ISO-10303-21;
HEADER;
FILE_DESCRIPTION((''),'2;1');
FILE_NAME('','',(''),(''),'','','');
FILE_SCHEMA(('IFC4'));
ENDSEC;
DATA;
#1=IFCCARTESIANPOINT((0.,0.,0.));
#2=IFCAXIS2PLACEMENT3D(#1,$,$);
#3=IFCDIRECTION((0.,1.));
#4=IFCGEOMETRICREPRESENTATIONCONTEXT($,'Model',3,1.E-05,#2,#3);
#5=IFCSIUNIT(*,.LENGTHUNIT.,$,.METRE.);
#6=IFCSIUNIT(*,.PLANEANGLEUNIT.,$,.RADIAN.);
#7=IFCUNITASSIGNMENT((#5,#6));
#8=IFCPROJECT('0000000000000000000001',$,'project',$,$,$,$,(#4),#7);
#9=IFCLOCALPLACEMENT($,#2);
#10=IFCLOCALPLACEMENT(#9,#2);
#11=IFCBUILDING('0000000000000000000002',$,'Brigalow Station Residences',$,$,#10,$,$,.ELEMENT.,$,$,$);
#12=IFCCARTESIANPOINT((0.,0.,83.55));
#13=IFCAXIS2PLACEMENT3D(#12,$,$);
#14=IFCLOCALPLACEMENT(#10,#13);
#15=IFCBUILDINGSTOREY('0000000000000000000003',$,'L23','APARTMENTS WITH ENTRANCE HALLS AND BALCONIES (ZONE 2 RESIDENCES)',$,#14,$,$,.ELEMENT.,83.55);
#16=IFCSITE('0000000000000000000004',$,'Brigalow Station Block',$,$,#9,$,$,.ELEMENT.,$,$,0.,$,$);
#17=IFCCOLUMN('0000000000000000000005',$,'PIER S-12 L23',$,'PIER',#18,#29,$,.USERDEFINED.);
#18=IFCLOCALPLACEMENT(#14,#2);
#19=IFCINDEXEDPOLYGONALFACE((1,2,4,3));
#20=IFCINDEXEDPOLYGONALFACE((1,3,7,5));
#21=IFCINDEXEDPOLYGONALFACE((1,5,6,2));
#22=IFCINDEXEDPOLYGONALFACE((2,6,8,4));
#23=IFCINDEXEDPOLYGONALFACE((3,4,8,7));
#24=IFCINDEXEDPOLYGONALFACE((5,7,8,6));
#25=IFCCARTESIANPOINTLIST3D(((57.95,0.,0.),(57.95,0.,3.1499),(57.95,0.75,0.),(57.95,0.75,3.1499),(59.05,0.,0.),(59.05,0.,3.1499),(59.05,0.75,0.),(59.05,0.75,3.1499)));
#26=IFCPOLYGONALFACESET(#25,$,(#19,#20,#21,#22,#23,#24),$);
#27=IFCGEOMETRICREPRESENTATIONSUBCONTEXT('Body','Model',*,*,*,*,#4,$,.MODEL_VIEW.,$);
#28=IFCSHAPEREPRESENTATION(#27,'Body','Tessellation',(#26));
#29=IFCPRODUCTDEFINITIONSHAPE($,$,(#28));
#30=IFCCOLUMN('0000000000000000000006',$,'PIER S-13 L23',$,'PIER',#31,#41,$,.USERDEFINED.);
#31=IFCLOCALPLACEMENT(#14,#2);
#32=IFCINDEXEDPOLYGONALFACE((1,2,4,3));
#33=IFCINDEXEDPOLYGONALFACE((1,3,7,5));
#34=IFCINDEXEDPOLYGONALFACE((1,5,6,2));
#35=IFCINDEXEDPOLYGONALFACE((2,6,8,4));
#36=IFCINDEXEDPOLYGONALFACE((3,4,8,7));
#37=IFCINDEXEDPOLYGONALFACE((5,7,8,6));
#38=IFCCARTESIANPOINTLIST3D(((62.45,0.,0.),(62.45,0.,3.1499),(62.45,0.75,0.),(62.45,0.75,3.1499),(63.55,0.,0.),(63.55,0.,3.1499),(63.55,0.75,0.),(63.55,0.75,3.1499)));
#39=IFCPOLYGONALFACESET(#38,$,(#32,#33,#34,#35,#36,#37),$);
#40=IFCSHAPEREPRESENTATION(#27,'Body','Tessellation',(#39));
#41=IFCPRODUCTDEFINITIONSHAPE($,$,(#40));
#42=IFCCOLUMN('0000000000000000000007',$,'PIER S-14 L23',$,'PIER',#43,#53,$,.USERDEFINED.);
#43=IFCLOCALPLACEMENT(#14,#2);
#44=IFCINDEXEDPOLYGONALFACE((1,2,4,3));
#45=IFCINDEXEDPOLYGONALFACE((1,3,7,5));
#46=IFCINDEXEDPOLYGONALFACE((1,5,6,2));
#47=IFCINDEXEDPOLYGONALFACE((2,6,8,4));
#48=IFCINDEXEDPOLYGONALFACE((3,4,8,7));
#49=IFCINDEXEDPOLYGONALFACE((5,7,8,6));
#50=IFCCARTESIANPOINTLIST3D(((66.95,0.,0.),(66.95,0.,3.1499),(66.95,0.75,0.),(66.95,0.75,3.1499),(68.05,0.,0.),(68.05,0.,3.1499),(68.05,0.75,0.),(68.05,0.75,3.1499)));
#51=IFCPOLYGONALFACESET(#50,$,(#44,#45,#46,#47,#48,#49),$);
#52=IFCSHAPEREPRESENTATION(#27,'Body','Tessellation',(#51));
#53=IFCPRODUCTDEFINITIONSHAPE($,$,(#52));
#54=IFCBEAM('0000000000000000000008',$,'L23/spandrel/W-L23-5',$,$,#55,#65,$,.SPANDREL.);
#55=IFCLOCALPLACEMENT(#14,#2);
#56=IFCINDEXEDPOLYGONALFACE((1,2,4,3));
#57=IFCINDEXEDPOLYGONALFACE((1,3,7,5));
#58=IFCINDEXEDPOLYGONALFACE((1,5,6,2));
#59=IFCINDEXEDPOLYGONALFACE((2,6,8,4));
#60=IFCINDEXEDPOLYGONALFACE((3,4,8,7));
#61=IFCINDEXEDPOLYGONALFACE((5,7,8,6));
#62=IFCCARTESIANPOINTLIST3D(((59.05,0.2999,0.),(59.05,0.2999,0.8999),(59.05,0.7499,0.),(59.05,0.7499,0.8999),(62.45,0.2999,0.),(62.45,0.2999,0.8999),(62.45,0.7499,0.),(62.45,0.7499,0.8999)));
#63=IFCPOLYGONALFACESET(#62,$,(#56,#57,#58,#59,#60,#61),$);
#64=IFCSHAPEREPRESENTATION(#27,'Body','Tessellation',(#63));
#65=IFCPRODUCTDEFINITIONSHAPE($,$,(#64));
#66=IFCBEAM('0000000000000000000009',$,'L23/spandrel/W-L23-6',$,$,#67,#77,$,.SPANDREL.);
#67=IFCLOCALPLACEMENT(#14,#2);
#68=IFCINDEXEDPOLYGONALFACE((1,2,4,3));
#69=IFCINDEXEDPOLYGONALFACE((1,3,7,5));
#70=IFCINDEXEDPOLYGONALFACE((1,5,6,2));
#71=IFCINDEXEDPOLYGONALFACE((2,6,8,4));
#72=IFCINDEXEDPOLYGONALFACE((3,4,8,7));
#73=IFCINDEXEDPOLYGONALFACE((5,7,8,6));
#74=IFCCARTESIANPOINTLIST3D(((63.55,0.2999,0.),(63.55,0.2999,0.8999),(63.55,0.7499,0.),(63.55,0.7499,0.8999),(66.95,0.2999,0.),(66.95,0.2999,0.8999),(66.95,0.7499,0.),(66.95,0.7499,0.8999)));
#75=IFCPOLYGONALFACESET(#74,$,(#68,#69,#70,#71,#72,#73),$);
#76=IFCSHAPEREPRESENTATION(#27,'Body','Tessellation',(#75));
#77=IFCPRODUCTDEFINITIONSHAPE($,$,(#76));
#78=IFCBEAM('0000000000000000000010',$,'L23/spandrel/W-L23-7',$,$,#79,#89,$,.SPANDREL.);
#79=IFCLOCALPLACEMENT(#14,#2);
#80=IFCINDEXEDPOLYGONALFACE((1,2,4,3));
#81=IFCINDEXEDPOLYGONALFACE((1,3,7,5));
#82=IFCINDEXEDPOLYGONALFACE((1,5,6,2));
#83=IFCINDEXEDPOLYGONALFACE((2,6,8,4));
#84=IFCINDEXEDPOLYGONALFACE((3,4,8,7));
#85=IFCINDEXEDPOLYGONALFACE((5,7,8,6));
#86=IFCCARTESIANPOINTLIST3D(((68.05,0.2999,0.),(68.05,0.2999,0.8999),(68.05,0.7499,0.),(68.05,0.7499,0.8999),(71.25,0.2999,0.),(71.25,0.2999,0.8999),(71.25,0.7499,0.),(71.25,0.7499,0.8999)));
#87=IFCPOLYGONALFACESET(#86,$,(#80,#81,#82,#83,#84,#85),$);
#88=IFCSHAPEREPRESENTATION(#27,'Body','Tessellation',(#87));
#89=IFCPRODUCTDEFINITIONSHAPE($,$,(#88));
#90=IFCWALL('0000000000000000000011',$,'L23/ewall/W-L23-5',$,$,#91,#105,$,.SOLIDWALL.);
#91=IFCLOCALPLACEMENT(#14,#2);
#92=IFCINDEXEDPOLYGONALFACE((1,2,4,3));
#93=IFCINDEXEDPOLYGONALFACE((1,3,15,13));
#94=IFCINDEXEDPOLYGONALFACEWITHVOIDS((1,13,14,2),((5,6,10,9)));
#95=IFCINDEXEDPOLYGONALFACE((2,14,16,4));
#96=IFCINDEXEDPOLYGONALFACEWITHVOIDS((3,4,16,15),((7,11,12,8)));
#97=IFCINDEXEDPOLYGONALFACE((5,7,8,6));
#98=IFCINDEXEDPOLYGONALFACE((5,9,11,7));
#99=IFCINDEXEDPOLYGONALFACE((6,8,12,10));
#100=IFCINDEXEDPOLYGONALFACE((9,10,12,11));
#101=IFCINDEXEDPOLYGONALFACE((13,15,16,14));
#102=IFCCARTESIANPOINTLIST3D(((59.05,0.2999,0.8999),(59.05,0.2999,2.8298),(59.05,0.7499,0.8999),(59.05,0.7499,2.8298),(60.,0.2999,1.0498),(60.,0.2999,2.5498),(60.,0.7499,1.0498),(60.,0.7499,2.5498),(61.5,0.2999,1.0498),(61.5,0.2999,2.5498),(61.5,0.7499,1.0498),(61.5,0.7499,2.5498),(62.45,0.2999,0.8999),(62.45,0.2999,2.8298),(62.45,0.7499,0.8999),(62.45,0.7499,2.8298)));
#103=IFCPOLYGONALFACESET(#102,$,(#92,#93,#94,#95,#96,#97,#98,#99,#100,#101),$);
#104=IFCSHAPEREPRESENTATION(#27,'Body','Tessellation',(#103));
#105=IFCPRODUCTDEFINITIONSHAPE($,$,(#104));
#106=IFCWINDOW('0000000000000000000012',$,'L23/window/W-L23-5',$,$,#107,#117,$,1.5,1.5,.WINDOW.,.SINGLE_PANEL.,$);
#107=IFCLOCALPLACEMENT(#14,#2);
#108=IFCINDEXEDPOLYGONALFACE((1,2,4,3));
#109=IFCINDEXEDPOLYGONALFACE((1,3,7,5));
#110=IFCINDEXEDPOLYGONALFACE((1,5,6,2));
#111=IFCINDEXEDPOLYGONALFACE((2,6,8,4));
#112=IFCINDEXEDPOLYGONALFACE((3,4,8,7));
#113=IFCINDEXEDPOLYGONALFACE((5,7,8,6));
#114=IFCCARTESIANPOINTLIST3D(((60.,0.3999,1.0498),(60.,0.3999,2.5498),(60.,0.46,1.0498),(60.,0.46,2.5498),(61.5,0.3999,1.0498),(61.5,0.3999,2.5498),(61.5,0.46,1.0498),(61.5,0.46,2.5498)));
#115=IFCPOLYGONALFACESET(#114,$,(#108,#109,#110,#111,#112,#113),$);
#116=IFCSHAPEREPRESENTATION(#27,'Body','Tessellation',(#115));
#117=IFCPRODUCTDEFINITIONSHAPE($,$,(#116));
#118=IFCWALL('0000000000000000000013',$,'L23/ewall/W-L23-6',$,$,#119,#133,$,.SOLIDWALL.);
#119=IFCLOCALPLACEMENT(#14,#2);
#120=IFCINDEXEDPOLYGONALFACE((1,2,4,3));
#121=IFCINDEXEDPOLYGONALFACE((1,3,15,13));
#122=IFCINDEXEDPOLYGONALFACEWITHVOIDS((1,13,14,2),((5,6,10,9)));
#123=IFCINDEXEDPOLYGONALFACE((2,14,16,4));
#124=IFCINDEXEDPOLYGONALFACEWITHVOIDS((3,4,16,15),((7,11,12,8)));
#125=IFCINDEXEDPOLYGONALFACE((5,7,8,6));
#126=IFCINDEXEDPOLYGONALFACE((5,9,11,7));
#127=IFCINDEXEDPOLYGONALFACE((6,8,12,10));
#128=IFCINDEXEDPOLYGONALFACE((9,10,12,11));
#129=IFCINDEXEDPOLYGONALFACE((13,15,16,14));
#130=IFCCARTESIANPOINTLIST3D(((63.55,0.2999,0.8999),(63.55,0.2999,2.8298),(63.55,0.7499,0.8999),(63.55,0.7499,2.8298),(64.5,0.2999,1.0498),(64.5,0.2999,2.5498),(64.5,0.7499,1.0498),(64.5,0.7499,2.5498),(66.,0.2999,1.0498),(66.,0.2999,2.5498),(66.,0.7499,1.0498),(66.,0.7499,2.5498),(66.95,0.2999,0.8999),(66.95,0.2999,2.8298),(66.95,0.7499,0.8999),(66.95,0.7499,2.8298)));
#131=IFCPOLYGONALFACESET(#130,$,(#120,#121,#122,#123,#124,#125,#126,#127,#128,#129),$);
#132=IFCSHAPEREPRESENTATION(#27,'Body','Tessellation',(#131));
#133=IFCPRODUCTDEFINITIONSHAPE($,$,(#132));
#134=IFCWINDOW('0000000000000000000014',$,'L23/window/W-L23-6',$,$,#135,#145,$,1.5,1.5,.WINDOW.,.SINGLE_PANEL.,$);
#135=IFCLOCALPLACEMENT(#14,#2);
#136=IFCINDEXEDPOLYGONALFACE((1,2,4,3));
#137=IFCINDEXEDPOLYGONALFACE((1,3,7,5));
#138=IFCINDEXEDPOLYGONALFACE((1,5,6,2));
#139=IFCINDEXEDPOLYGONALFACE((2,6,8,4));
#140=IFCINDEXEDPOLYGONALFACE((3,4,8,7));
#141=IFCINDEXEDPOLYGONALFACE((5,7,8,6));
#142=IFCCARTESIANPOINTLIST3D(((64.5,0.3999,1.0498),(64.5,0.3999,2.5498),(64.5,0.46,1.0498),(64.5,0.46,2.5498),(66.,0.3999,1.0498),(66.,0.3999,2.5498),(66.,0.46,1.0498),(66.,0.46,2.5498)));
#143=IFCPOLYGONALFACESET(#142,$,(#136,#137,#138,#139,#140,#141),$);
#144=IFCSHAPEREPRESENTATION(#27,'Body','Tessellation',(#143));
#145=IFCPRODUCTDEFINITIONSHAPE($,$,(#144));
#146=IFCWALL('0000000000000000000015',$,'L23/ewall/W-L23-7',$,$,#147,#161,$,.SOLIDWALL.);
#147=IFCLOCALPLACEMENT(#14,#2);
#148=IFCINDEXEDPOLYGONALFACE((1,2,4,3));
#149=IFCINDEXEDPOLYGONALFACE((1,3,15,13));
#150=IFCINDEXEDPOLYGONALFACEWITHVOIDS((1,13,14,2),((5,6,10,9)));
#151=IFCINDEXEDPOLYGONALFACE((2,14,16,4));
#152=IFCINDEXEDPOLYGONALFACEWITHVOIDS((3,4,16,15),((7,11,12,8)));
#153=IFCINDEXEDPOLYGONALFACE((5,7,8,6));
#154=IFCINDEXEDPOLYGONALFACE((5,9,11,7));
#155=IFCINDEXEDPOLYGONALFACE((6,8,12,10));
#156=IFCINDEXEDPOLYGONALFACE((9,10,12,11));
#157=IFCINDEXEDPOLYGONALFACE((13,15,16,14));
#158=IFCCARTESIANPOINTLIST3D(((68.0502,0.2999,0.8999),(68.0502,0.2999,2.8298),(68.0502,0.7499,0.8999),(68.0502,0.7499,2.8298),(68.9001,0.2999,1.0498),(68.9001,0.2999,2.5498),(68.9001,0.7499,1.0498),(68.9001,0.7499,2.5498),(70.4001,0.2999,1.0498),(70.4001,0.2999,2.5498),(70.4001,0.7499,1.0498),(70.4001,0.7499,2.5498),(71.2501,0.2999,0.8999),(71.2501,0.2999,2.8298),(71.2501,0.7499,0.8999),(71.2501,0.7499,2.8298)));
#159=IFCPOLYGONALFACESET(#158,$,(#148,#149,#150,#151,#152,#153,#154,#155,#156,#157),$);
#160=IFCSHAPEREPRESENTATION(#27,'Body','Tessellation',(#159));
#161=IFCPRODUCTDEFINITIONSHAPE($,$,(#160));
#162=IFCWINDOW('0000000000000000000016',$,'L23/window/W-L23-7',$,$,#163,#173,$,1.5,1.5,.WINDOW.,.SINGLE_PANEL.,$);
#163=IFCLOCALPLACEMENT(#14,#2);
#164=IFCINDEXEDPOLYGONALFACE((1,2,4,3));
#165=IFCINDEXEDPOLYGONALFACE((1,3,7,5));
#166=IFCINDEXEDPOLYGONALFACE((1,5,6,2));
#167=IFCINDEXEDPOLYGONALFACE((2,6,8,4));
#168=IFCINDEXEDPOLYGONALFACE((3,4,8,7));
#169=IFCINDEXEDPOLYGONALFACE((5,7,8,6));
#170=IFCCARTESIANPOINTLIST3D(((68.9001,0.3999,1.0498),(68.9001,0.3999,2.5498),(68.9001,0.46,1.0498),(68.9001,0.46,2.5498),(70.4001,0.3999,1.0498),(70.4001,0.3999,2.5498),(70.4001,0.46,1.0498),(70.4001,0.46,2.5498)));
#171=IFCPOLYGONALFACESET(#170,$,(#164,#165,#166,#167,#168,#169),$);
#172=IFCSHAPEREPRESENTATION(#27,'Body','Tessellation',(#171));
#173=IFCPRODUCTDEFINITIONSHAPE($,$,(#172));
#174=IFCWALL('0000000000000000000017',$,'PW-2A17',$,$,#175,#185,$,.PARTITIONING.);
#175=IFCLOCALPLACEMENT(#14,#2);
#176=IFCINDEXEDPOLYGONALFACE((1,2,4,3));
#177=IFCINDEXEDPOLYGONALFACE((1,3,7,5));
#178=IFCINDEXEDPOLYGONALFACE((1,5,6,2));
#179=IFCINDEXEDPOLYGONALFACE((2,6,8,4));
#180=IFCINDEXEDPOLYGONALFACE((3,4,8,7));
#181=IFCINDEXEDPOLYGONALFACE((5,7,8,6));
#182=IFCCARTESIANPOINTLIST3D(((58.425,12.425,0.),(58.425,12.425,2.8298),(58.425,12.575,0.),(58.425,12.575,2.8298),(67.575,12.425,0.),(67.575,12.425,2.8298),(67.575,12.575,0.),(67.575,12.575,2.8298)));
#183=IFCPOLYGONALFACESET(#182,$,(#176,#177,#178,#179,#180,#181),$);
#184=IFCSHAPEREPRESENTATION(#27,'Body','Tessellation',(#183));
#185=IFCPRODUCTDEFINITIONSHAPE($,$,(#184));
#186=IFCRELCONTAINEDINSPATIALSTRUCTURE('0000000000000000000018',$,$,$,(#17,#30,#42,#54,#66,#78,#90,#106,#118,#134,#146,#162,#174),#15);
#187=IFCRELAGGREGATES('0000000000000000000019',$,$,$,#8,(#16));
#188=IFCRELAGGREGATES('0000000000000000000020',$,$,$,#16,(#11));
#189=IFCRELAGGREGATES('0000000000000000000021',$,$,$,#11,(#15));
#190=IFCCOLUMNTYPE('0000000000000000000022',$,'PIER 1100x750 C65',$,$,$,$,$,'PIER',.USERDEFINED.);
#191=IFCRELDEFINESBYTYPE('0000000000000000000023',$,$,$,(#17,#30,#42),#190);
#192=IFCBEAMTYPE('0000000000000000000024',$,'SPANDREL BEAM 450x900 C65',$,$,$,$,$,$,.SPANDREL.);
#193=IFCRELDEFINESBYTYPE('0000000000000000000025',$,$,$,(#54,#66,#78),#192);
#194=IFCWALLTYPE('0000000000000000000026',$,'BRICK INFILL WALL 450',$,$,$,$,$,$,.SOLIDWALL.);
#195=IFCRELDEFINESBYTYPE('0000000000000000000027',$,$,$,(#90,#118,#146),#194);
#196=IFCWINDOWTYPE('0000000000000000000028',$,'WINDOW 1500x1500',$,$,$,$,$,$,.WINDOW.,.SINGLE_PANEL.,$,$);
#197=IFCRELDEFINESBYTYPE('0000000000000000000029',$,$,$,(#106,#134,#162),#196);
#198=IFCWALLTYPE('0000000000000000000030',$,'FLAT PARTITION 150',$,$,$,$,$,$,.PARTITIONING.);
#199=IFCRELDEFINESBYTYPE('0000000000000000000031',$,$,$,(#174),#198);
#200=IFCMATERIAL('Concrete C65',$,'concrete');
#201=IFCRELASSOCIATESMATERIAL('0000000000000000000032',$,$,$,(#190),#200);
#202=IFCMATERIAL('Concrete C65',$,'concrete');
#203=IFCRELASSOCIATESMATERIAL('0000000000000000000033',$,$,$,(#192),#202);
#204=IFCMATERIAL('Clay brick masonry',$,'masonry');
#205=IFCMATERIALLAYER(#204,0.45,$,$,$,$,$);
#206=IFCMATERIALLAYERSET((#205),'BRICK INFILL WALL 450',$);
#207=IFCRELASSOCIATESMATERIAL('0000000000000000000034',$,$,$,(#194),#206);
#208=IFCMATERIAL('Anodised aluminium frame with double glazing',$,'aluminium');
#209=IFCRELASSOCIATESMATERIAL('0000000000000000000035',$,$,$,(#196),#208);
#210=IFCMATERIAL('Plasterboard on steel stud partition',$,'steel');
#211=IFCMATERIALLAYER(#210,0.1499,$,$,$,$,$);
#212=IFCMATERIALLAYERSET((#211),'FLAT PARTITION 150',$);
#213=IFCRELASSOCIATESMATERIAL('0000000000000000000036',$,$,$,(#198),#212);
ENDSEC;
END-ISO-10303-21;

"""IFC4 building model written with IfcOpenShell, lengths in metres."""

from ifc_helpers import new_model, si_unit, direction, frame, frame_2d, origin, origin_2d, place, context, subcontext, project, spatial, rectangle, extrude, material, layer, layer_set, material_profile, profile_set, type_object, element, fill, save


model = new_model("IFC4")

# Units and contexts
model_context = context("Model", 3, precision=1e-05, world=origin(), true_north=direction((0.0, 1.0)))
body_context = subcontext(model_context, "Body", "Model", "MODEL_VIEW")
ifc_project = project(units=[si_unit("LENGTHUNIT", "METRE"), si_unit("PLANEANGLEUNIT", "RADIAN")], contexts=[model_context])

# Site, building, storey
site_placement = place(None, origin())
site = spatial("IfcSite", under=ifc_project, at=site_placement, Name="Brigalow Station Block", CompositionType="ELEMENT", RefElevation=0.0)
building_placement = place(site_placement, origin())
building = spatial("IfcBuilding", under=site, at=building_placement, Name="Brigalow Station Residences", CompositionType="ELEMENT")
storey_placement = place(building_placement, frame((0.0, 0.0, 83.55)))
storey = spatial("IfcBuildingStorey", under=building, at=storey_placement, Name="L23", Description="APARTMENTS WITH ENTRANCE HALLS AND BALCONIES (ZONE 2 RESIDENCES)", CompositionType="ELEMENT", Elevation=83.55)

# Columns
ifc_material_1 = material(Name="Concrete C65", Category="concrete")
ifc_material_profile_1 = material_profile(ifc_material_1, rectangle(XDim=1.1001, YDim=0.75, at=origin_2d()), Name="RC1100x750")
ifc_profile_set_1 = profile_set([ifc_material_profile_1], Name="Concrete C65")
column_type = type_object("IfcColumnType", Name="PIER 1100x750 C65", ElementType="PIER", PredefinedType="USERDEFINED", material=ifc_profile_set_1)
for number, where, z_axis, x_axis, name in (
    (1, (58.5, 0.375, 0.0), (0.0, 0.0, 1.0), (1.0, 0.0, 0.0), "PIER S-12 L23"),
    (2, (63.0, 0.375, 0.0), (0.0, 0.0, 1.0), (1.0, 0.0, 0.0), "PIER S-13 L23"),
    (3, (67.5, 0.375, 0.0), (0.0, 0.0, 1.0), (1.0, 0.0, 0.0), "PIER S-14 L23"),
):
    element("IfcColumn", number, at=place(storey_placement, frame(where, z_axis=z_axis, x_axis=x_axis)), inside=storey, type_object=column_type, Name=name, ObjectType="PIER", PredefinedType="USERDEFINED", context=body_context, shape_type="SweptSolid", body=[
        extrude(rectangle(XDim=1.1001, YDim=0.75, at=origin_2d()), origin(), (0.0, 0.0, 1.0), 3.1499),
    ])

# Beams
ifc_material_2 = material(Name="Concrete C65", Category="concrete")
ifc_material_profile_2 = material_profile(ifc_material_2, rectangle(XDim=0.45, YDim=0.8999, at=origin_2d()), Name="RC450x900")
ifc_profile_set_2 = profile_set([ifc_material_profile_2], Name="Concrete C65")
beam_type = type_object("IfcBeamType", Name="SPANDREL BEAM 450x900 C65", PredefinedType="SPANDREL", material=ifc_profile_set_2)
for number, where, z_axis, x_axis, name in (
    (4, (59.05, 0.5249, 0.45), (1.0, 0.0, 0.0), (0.0, 1.0, 0.0), "L23/spandrel/W-L23-5"),
    (5, (63.55, 0.5249, 0.45), (1.0, 0.0, 0.0), (0.0, 1.0, 0.0), "L23/spandrel/W-L23-6"),
):
    element("IfcBeam", number, at=place(storey_placement, frame(where, z_axis=z_axis, x_axis=x_axis)), inside=storey, type_object=beam_type, Name=name, PredefinedType="SPANDREL", context=body_context, shape_type="SweptSolid", body=[
        extrude(rectangle(XDim=0.45, YDim=0.8999, at=origin_2d()), origin(), (0.0, 0.0, 1.0), 3.3999),
    ])
beam_placement = place(storey_placement, frame((68.05, 0.5249, 0.45), z_axis=(1.0, 0.0, 0.0), x_axis=(0.0, 1.0, 0.0)))
element("IfcBeam", 6, at=beam_placement, inside=storey, type_object=beam_type, Name="L23/spandrel/W-L23-7", PredefinedType="SPANDREL", context=body_context, shape_type="SweptSolid", body=[
    extrude(rectangle(XDim=0.45, YDim=0.8999, at=origin_2d()), origin(), (0.0, 0.0, 1.0), 3.2),
])

# Walls, openings, windows
ifc_material_3 = material(Name="Clay brick masonry", Category="masonry")
ifc_layer_1 = layer(ifc_material_3, 0.45)
ifc_layer_set_1 = layer_set([ifc_layer_1], Name="BRICK INFILL WALL 450")
wall_type_1 = type_object("IfcWallType", Name="BRICK INFILL WALL 450", PredefinedType="SOLIDWALL", material=ifc_layer_set_1)
wall_1_placement = place(storey_placement, frame((59.05, 0.5249, 0.8999), z_axis=(0.0, 0.0, 1.0), x_axis=(1.0, 0.0, 0.0)))
wall_1 = element("IfcWall", 7, at=wall_1_placement, inside=storey, type_object=wall_type_1, Name="L23/ewall/W-L23-5", PredefinedType="SOLIDWALL", context=body_context, shape_type="SweptSolid", body=[
    extrude(rectangle(XDim=3.3999, YDim=0.45, at=frame_2d((1.7, 0.0))), origin(), (0.0, 0.0, 1.0), 1.9299),
])
opening_1_placement = place(wall_1_placement, frame((0.95, 0.0, 0.1499)))
opening_1 = element("IfcOpeningElement", 8, at=opening_1_placement, cuts=wall_1, PredefinedType="OPENING", context=body_context, shape_type="SweptSolid", body=[
    extrude(rectangle(XDim=1.5, YDim=1.5, at=frame_2d((0.75, 0.75))), frame((0.0, 0.2349, 0.0), z_axis=(0.0, -1.0, 0.0), x_axis=(1.0, 0.0, 0.0)), (0.0, 0.0, 1.0), 0.47),
])
ifc_material_4 = material(Name="Anodised aluminium frame with double glazing", Category="aluminium")
window_type = type_object("IfcWindowType", Name="WINDOW 1500x1500", PartitioningType="SINGLE_PANEL", PredefinedType="WINDOW", material=ifc_material_4)
window_1_placement = place(opening_1_placement, origin())
window_1 = element("IfcWindow", 9, at=window_1_placement, inside=storey, type_object=window_type, Name="L23/window/W-L23-5", OverallHeight=1.5, OverallWidth=1.5, PartitioningType="SINGLE_PANEL", PredefinedType="WINDOW", context=body_context, shape_type="SweptSolid", body=[
    extrude(rectangle(XDim=1.5, YDim=1.5, at=frame_2d((0.75, 0.75))), frame((0.0, -0.0649, 0.0), z_axis=(0.0, -1.0, 0.0), x_axis=(1.0, 0.0, 0.0)), (0.0, 0.0, 1.0), 0.0601),
])
fill(opening_1, window_1)
wall_2_placement = place(storey_placement, frame((63.55, 0.5249, 0.8999), z_axis=(0.0, 0.0, 1.0), x_axis=(1.0, 0.0, 0.0)))
wall_2 = element("IfcWall", 10, at=wall_2_placement, inside=storey, type_object=wall_type_1, Name="L23/ewall/W-L23-6", PredefinedType="SOLIDWALL", context=body_context, shape_type="SweptSolid", body=[
    extrude(rectangle(XDim=3.3999, YDim=0.45, at=frame_2d((1.7, 0.0))), origin(), (0.0, 0.0, 1.0), 1.9299),
])
opening_2_placement = place(wall_2_placement, frame((0.95, 0.0, 0.1499)))
opening_2 = element("IfcOpeningElement", 11, at=opening_2_placement, cuts=wall_2, PredefinedType="OPENING", context=body_context, shape_type="SweptSolid", body=[
    extrude(rectangle(XDim=1.5, YDim=1.5, at=frame_2d((0.75, 0.75))), frame((0.0, 0.2349, 0.0), z_axis=(0.0, -1.0, 0.0), x_axis=(1.0, 0.0, 0.0)), (0.0, 0.0, 1.0), 0.47),
])
window_2_placement = place(opening_2_placement, origin())
window_2 = element("IfcWindow", 12, at=window_2_placement, inside=storey, type_object=window_type, Name="L23/window/W-L23-6", OverallHeight=1.5, OverallWidth=1.5, PartitioningType="SINGLE_PANEL", PredefinedType="WINDOW", context=body_context, shape_type="SweptSolid", body=[
    extrude(rectangle(XDim=1.5, YDim=1.5, at=frame_2d((0.75, 0.75))), frame((0.0, -0.0649, 0.0), z_axis=(0.0, -1.0, 0.0), x_axis=(1.0, 0.0, 0.0)), (0.0, 0.0, 1.0), 0.0601),
])
fill(opening_2, window_2)
wall_3_placement = place(storey_placement, frame((68.05, 0.5249, 0.8999), z_axis=(0.0, 0.0, 1.0), x_axis=(1.0, 0.0, 0.0)))
wall_3 = element("IfcWall", 13, at=wall_3_placement, inside=storey, type_object=wall_type_1, Name="L23/ewall/W-L23-7", PredefinedType="SOLIDWALL", context=body_context, shape_type="SweptSolid", body=[
    extrude(rectangle(XDim=3.2, YDim=0.45, at=frame_2d((1.6001, 0.0))), origin(), (0.0, 0.0, 1.0), 1.9299),
])
opening_3_placement = place(wall_3_placement, frame((0.8501, 0.0, 0.1499)))
opening_3 = element("IfcOpeningElement", 14, at=opening_3_placement, cuts=wall_3, PredefinedType="OPENING", context=body_context, shape_type="SweptSolid", body=[
    extrude(rectangle(XDim=1.5, YDim=1.5, at=frame_2d((0.75, 0.75))), frame((0.0, 0.2349, 0.0), z_axis=(0.0, -1.0, 0.0), x_axis=(1.0, 0.0, 0.0)), (0.0, 0.0, 1.0), 0.47),
])
window_3_placement = place(opening_3_placement, origin())
window_3 = element("IfcWindow", 15, at=window_3_placement, inside=storey, type_object=window_type, Name="L23/window/W-L23-7", OverallHeight=1.5, OverallWidth=1.5, PartitioningType="SINGLE_PANEL", PredefinedType="WINDOW", context=body_context, shape_type="SweptSolid", body=[
    extrude(rectangle(XDim=1.5, YDim=1.5, at=frame_2d((0.75, 0.75))), frame((0.0, -0.0649, 0.0), z_axis=(0.0, -1.0, 0.0), x_axis=(1.0, 0.0, 0.0)), (0.0, 0.0, 1.0), 0.0601),
])
fill(opening_3, window_3)

# Wall
ifc_material_5 = material(Name="Plasterboard on steel stud partition", Category="steel")
ifc_layer_2 = layer(ifc_material_5, 0.1499)
ifc_layer_set_2 = layer_set([ifc_layer_2], Name="FLAT PARTITION 150")
wall_type_2 = type_object("IfcWallType", Name="FLAT PARTITION 150", PredefinedType="PARTITIONING", material=ifc_layer_set_2)
wall_4_placement = place(storey_placement, frame((58.425, 12.5, 0.0), z_axis=(0.0, 0.0, 1.0), x_axis=(1.0, 0.0, 0.0)))
element("IfcWall", 16, at=wall_4_placement, inside=storey, type_object=wall_type_2, Name="PW-2A17", PredefinedType="PARTITIONING", context=body_context, shape_type="SweptSolid", body=[
    extrude(rectangle(XDim=9.1499, YDim=0.1499, at=frame_2d((4.575, 0.0))), origin(), (0.0, 0.0, 1.0), 2.8298),
])

save(model, "model.ifc")
